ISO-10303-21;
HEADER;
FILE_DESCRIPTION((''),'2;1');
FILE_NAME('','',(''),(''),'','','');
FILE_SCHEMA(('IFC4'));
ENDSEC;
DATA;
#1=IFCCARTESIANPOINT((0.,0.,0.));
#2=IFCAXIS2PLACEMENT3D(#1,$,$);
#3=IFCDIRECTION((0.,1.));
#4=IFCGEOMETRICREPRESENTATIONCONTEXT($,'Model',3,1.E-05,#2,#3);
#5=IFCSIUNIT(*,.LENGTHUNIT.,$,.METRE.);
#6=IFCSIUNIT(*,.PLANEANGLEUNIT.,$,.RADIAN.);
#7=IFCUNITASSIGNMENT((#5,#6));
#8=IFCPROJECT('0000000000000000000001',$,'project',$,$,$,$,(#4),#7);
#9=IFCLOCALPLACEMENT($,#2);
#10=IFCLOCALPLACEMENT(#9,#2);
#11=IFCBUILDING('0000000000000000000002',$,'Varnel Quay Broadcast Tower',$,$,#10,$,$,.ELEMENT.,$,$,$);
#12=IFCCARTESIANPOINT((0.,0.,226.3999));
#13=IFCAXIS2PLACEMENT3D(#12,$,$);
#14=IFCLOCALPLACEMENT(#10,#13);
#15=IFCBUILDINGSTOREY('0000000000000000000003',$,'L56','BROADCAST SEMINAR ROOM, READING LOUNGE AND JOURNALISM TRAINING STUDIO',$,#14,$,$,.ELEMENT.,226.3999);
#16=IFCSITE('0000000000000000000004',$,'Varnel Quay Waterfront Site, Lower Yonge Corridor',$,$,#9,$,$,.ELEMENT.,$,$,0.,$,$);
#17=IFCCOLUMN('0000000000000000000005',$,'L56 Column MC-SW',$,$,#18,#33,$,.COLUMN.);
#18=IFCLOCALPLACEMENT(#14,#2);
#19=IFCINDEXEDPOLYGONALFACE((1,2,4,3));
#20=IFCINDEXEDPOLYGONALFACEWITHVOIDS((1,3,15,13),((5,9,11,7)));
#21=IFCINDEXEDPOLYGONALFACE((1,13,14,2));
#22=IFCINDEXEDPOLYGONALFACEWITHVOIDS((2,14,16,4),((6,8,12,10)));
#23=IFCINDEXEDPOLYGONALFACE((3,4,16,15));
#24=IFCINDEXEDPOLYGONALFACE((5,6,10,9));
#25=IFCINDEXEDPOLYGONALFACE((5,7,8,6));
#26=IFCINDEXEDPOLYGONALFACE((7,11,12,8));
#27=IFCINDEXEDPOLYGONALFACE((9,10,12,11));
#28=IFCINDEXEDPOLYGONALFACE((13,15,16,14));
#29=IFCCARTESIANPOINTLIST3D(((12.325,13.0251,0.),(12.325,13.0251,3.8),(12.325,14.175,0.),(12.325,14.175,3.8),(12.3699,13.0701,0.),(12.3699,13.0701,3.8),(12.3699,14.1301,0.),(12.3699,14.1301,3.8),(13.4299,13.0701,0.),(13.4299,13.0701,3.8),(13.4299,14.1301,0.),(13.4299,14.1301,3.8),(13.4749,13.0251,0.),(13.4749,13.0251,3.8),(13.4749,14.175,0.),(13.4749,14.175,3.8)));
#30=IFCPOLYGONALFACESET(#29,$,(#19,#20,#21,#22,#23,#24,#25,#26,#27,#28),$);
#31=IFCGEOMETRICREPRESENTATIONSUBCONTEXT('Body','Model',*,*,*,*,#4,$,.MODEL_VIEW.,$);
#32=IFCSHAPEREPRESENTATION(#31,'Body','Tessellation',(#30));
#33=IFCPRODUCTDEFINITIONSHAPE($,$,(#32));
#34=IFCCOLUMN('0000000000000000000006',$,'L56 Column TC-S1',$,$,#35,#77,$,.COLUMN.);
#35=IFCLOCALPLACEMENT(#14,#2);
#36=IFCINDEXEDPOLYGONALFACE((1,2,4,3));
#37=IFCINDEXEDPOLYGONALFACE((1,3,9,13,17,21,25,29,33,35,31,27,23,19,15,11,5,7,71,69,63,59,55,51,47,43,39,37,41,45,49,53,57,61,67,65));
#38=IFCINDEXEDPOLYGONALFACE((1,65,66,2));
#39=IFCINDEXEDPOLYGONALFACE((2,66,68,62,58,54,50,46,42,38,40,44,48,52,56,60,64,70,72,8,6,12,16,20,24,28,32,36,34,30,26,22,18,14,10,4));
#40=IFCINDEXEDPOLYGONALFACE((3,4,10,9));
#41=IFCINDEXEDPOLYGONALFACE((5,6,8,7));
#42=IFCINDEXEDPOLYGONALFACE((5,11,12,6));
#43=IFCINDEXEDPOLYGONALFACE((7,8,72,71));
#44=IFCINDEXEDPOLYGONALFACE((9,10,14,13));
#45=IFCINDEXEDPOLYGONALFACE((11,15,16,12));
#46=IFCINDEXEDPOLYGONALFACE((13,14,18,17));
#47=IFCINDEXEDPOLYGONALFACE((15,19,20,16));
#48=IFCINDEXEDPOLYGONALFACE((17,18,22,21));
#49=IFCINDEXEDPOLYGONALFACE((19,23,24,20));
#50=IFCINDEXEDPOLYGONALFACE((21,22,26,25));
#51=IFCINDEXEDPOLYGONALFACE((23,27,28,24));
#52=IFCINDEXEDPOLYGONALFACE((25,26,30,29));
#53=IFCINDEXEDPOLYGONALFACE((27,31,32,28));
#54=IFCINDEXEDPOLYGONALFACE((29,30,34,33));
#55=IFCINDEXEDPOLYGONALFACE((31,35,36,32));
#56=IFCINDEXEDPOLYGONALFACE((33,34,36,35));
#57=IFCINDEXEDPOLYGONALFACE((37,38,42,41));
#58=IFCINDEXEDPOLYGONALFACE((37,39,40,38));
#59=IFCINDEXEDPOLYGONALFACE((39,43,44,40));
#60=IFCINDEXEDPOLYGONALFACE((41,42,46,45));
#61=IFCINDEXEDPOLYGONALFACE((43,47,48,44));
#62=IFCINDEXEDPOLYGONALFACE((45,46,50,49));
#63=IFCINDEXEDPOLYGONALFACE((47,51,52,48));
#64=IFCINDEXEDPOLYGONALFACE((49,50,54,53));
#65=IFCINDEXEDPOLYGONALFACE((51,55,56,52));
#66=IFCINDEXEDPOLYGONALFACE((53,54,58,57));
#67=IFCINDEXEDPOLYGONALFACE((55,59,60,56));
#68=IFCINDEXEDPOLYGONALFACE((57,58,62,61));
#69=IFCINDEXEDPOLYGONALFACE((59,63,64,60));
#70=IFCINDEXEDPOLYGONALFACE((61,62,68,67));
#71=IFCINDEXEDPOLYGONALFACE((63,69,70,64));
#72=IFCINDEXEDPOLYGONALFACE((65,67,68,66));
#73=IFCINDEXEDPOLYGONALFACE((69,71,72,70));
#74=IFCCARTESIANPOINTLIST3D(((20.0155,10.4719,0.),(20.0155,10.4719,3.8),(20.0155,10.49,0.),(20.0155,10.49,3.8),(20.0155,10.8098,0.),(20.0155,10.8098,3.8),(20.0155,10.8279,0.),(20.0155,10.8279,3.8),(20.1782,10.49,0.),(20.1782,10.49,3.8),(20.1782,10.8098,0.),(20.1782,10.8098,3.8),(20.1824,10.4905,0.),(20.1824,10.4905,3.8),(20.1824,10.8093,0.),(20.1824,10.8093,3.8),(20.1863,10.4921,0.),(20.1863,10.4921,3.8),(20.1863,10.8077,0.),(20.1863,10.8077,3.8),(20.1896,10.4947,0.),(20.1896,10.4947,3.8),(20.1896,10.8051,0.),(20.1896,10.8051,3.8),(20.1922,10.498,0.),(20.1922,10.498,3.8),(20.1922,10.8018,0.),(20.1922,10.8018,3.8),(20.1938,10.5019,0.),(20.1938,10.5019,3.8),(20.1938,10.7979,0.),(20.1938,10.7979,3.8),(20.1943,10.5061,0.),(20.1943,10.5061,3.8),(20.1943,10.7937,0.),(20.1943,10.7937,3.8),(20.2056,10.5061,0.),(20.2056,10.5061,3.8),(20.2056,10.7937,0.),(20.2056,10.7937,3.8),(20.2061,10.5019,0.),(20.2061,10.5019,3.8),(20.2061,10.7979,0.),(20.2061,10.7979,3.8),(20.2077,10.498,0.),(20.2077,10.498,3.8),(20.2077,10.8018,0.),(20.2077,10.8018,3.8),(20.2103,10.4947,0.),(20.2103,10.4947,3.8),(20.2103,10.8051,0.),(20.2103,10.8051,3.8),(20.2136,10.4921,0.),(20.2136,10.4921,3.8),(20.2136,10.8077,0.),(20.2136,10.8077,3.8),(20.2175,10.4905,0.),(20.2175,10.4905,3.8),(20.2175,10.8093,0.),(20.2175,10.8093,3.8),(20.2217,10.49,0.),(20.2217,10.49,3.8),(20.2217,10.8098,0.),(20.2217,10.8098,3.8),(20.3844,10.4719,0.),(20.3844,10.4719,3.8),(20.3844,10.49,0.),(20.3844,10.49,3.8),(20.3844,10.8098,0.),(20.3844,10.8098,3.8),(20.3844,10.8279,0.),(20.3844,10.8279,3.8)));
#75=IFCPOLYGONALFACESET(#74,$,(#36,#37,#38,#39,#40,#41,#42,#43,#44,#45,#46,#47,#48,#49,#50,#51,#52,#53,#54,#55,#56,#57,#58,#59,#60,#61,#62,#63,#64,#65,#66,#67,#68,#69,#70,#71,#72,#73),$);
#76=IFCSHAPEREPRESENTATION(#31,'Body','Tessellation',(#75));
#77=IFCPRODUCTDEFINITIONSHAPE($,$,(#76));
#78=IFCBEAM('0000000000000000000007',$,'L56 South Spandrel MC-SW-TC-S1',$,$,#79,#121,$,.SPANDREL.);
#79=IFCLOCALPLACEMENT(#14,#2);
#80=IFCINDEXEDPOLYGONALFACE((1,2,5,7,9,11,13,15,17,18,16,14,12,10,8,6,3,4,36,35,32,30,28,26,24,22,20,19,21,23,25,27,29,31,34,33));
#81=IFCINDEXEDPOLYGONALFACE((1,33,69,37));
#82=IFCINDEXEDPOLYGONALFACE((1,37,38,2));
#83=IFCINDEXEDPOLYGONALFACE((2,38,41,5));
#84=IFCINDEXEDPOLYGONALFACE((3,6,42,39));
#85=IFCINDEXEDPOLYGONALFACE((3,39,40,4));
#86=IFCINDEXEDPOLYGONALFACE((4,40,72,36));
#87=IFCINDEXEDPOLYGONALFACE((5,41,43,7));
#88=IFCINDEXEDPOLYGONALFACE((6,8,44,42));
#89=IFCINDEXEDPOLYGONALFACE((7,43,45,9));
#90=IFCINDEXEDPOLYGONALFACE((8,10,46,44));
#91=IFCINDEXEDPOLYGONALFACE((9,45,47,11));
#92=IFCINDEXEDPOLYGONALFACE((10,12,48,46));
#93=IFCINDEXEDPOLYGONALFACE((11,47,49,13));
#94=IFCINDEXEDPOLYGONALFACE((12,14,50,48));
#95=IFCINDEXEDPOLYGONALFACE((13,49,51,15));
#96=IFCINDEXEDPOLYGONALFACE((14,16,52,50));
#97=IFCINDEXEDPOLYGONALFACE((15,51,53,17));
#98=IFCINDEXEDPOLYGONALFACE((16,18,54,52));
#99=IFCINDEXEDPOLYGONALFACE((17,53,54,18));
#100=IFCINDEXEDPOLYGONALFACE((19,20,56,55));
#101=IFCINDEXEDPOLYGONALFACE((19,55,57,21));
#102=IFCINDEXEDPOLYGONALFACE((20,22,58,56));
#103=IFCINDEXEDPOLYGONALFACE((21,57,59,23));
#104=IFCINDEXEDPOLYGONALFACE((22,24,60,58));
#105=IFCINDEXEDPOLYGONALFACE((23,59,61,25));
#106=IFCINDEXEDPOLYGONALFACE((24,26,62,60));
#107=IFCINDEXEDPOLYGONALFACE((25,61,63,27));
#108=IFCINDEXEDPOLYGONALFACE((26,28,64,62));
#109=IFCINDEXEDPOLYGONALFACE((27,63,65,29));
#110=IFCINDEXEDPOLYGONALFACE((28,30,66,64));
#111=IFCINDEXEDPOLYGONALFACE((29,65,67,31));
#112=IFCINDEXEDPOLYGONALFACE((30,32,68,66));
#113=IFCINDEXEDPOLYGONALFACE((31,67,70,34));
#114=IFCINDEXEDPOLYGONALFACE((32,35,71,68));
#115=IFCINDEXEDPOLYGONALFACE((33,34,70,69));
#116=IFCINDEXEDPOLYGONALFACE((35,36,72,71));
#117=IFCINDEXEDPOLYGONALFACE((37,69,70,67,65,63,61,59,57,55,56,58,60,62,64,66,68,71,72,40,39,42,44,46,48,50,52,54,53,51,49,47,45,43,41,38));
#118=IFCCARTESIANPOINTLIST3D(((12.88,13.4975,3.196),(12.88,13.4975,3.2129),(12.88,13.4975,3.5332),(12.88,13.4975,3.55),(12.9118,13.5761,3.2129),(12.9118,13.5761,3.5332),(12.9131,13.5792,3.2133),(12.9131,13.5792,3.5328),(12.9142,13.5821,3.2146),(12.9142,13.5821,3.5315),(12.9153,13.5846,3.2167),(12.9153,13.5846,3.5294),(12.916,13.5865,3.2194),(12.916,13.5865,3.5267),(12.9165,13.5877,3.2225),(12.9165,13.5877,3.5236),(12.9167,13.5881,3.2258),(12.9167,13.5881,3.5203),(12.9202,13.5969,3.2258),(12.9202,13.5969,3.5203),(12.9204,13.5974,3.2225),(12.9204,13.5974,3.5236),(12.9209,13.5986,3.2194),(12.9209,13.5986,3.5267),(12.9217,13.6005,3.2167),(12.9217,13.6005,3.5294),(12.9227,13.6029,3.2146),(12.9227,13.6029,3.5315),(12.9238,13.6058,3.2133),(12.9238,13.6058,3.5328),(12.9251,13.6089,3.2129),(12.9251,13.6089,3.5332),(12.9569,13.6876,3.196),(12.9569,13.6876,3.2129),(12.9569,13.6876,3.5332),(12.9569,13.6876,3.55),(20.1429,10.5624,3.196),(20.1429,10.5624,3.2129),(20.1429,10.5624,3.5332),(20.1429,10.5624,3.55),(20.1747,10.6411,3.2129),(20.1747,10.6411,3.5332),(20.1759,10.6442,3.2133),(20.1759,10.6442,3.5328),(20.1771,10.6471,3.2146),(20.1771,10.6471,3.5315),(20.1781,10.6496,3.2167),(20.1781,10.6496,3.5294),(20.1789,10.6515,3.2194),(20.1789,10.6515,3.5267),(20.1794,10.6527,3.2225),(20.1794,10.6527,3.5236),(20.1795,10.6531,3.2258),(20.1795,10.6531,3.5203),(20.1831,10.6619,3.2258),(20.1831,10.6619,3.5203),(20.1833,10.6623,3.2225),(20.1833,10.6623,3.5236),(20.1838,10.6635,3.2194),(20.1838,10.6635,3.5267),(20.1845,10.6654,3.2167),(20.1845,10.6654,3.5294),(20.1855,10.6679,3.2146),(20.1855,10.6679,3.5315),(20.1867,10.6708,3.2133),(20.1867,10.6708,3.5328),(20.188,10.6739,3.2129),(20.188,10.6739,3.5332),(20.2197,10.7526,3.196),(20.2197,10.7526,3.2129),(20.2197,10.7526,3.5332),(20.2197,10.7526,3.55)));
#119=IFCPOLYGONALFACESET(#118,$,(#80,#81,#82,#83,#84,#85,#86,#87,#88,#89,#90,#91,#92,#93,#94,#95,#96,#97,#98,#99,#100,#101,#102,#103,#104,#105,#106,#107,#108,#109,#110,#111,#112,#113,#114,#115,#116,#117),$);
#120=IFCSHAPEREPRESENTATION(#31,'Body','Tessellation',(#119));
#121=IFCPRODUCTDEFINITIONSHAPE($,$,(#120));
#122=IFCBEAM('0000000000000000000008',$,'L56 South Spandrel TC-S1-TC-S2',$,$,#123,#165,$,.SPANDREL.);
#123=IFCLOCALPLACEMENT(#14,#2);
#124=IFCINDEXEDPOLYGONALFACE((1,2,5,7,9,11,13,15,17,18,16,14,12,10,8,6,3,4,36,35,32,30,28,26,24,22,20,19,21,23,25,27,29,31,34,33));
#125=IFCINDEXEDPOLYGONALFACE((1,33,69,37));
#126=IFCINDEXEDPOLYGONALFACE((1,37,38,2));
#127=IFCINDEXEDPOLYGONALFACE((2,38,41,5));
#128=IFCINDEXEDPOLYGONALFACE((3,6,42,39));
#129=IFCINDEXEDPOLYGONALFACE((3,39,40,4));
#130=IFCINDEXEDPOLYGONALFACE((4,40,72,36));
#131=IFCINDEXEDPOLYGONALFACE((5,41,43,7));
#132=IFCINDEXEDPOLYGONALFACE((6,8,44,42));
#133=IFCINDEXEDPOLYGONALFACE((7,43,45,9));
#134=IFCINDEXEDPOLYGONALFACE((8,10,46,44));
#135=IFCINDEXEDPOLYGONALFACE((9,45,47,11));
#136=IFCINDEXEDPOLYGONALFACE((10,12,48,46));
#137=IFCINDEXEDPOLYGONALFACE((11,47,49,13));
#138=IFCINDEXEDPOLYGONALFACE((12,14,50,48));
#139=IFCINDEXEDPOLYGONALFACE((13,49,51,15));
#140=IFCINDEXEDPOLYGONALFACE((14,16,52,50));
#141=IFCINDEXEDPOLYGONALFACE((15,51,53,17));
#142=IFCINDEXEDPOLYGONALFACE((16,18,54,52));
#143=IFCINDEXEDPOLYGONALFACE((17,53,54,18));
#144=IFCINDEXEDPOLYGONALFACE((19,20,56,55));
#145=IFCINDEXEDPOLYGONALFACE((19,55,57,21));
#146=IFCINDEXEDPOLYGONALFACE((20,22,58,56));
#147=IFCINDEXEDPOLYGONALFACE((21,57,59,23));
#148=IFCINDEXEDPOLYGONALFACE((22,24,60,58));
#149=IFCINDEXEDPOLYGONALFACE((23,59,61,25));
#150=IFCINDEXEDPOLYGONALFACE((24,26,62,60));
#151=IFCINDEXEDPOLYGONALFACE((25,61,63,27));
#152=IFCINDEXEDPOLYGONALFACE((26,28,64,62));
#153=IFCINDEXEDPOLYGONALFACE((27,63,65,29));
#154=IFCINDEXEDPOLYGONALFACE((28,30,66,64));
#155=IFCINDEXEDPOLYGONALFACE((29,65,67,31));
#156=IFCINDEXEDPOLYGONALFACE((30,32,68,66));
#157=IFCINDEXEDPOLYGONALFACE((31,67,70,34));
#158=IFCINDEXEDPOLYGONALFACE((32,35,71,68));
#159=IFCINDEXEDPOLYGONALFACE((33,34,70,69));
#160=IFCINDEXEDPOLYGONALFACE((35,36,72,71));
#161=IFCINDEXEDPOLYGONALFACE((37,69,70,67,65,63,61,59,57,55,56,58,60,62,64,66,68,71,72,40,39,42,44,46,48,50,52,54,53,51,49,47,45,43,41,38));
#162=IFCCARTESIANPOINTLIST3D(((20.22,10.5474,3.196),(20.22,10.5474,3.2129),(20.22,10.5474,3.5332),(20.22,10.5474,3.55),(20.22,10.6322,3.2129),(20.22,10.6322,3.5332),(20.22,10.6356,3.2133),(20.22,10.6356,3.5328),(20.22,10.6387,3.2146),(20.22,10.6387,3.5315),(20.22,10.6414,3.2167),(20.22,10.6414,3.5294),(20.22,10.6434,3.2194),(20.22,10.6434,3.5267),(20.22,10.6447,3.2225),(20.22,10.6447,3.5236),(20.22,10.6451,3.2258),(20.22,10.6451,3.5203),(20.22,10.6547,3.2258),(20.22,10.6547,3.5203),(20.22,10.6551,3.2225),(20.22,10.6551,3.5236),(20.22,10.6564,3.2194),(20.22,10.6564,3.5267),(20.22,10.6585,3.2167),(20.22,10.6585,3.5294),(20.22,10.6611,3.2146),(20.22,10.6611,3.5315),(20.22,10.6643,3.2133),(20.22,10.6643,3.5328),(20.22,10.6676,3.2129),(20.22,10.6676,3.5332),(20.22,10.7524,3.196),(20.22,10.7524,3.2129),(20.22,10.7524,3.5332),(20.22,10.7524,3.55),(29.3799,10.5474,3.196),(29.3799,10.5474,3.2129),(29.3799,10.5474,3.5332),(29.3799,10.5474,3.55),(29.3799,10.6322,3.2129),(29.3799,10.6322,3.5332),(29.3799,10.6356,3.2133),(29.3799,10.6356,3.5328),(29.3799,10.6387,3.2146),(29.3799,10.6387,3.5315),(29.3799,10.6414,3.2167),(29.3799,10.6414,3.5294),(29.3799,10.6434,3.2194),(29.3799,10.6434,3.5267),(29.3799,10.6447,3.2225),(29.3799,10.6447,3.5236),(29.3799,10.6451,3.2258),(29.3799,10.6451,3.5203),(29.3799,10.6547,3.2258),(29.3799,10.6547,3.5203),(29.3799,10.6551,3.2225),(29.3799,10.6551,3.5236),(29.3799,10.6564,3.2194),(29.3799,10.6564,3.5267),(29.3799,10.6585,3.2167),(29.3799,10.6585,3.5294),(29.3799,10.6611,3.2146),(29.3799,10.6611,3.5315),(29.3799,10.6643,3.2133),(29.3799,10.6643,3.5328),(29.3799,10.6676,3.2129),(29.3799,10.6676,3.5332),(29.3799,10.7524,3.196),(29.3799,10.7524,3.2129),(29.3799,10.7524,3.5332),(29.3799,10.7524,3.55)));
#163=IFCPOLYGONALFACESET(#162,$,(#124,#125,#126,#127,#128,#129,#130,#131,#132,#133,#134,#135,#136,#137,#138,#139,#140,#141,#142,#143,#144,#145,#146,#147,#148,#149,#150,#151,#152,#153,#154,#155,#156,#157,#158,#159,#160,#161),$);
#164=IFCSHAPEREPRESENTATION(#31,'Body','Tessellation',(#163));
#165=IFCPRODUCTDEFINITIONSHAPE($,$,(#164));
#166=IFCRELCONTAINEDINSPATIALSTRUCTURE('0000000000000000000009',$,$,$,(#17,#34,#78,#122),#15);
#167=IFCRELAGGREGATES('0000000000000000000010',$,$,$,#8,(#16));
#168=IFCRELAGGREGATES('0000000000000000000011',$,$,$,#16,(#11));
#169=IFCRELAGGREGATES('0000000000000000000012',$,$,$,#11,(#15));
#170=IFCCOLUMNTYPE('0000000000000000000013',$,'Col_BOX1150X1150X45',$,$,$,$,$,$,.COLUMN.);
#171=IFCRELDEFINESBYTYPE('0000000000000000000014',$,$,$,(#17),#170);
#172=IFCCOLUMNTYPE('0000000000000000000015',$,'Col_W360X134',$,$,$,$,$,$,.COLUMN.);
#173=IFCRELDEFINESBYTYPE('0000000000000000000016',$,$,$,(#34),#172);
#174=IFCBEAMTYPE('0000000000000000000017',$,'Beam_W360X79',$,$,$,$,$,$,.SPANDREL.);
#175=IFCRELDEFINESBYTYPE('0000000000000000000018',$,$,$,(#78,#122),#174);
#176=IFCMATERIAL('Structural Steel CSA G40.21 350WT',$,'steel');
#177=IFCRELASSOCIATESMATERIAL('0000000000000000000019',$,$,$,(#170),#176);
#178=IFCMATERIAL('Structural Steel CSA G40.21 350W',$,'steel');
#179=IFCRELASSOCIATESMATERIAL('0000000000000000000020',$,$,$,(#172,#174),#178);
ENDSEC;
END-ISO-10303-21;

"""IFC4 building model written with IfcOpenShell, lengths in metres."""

from ifc_helpers import new_model, si_unit, direction, frame, origin, origin_2d, place, context, subcontext, project, spatial, hollow_rectangle, i_section, extrude, source, transform, mapped, material, material_profile, profile_set, type_object, type_shapes, element, save


model = new_model("IFC4")

# Units and contexts
model_context = context("Model", 3, precision=1e-05, world=origin(), true_north=direction((0.0, 1.0)))
body_context = subcontext(model_context, "Body", "Model", "MODEL_VIEW")
ifc_project = project(units=[si_unit("LENGTHUNIT", "METRE"), si_unit("PLANEANGLEUNIT", "RADIAN")], contexts=[model_context])

# Site, building, storey
site_placement = place(None, origin())
site = spatial("IfcSite", under=ifc_project, at=site_placement, Name="Varnel Quay Waterfront Site, Lower Yonge Corridor", CompositionType="ELEMENT", RefElevation=0.0)
building_placement = place(site_placement, origin())
building = spatial("IfcBuilding", under=site, at=building_placement, Name="Varnel Quay Broadcast Tower", CompositionType="ELEMENT")
storey_placement = place(building_placement, frame((0.0, 0.0, 226.3999)))
storey = spatial("IfcBuildingStorey", under=building, at=storey_placement, Name="L56", Description="BROADCAST SEMINAR ROOM, READING LOUNGE AND JOURNALISM TRAINING STUDIO", CompositionType="ELEMENT", Elevation=226.3999)

# Columns
ifc_material_1 = material(Name="Structural Steel CSA G40.21 350WT", Category="steel")
ifc_material_profile_1 = material_profile(ifc_material_1, hollow_rectangle(XDim=1.1499, YDim=1.1499, WallThickness=0.0449, at=origin_2d()), Name="BOX1150X1150X45")
ifc_profile_set_1 = profile_set([ifc_material_profile_1], Name="Structural Steel CSA G40.21 350WT")
column_type_1 = type_object("IfcColumnType", Name="Col_BOX1150X1150X45", PredefinedType="COLUMN", material=ifc_profile_set_1)
shared_shape_1 = source(origin(), body_context, "Body", "SweptSolid", [
    extrude(hollow_rectangle(XDim=1.1499, YDim=1.1499, WallThickness=0.0449, at=origin_2d()), origin(), (0.0, 0.0, 1.0), 3.8),
])
type_shapes(column_type_1, [shared_shape_1])
column_1_placement = place(storey_placement, frame((12.8999, 13.6001, 0.0), z_axis=(0.0, 0.0, 1.0), x_axis=(1.0, 0.0, 0.0)))
element("IfcColumn", 1, at=column_1_placement, inside=storey, type_object=column_type_1, Name="L56 Column MC-SW", PredefinedType="COLUMN", context=body_context, shape_type="MappedRepresentation", body=[
    mapped(shared_shape_1, transform((0.0, 0.0, 0.0), x_axis=(1.0, 0.0, 0.0), y_axis=(0.0, 1.0, 0.0), z_axis=(0.0, 0.0, 1.0), scale=1.0)),
])
ifc_material_2 = material(Name="Structural Steel CSA G40.21 350W", Category="steel")
ifc_material_profile_2 = material_profile(ifc_material_2, i_section(OverallWidth=0.3689, OverallDepth=0.356, WebThickness=0.0112, FlangeThickness=0.0181, FilletRadius=0.0161, at=origin_2d()), Name="W360X134")
ifc_profile_set_2 = profile_set([ifc_material_profile_2], Name="Structural Steel CSA G40.21 350W")
column_type_2 = type_object("IfcColumnType", Name="Col_W360X134", PredefinedType="COLUMN", material=ifc_profile_set_2)
shared_shape_2 = source(origin(), body_context, "Body", "SweptSolid", [
    extrude(i_section(OverallWidth=0.3689, OverallDepth=0.356, WebThickness=0.0112, FlangeThickness=0.0181, FilletRadius=0.0161, at=origin_2d()), origin(), (0.0, 0.0, 1.0), 3.8),
])
type_shapes(column_type_2, [shared_shape_2])
column_2_placement = place(storey_placement, frame((20.2, 10.6499, 0.0), z_axis=(0.0, 0.0, 1.0), x_axis=(1.0, 0.0, 0.0)))
element("IfcColumn", 2, at=column_2_placement, inside=storey, type_object=column_type_2, Name="L56 Column TC-S1", PredefinedType="COLUMN", context=body_context, shape_type="MappedRepresentation", body=[
    mapped(shared_shape_2, transform((0.0, 0.0, 0.0), x_axis=(1.0, 0.0, 0.0), y_axis=(0.0, 1.0, 0.0), z_axis=(0.0, 0.0, 1.0), scale=1.0)),
])

# Beams
ifc_material_profile_3 = material_profile(ifc_material_2, i_section(OverallWidth=0.2051, OverallDepth=0.354, WebThickness=0.0095, FlangeThickness=0.0168, FilletRadius=0.0129, at=origin_2d()), Name="W360X79")
ifc_profile_set_3 = profile_set([ifc_material_profile_3], Name="Structural Steel CSA G40.21 350W")
beam_type_1 = type_object("IfcBeamType", Name="Beam_W360X79", PredefinedType="SPANDREL", material=ifc_profile_set_3)
shared_shape_3 = source(origin(), body_context, "Body", "SweptSolid", [
    extrude(i_section(OverallWidth=0.2051, OverallDepth=0.354, WebThickness=0.0095, FlangeThickness=0.0168, FilletRadius=0.0129, at=origin_2d()), origin(), (0.0, 0.0, 1.0), 7.8335),
])
beam_1_placement = place(storey_placement, frame((12.9185, 13.5925, 3.373), z_axis=(0.927155, -0.374677, 0.0), x_axis=(0.374677, 0.927155, 0.0)))
element("IfcBeam", 3, at=beam_1_placement, inside=storey, type_object=beam_type_1, Name="L56 South Spandrel MC-SW-TC-S1", PredefinedType="SPANDREL", context=body_context, shape_type="MappedRepresentation", body=[
    mapped(shared_shape_3, transform((0.0, 0.0, 0.0), x_axis=(1.0, 0.0, 0.0), y_axis=(0.0, 1.0, 0.0), z_axis=(0.0, 0.0, 1.0), scale=1.0)),
])
shared_shape_4 = source(origin(), body_context, "Body", "SweptSolid", [
    extrude(i_section(OverallWidth=0.2051, OverallDepth=0.354, WebThickness=0.0095, FlangeThickness=0.0168, FilletRadius=0.0129, at=origin_2d()), origin(), (0.0, 0.0, 1.0), 9.1599),
])
beam_2_placement = place(storey_placement, frame((20.22, 10.6499, 3.373), z_axis=(1.0, 0.0, 0.0), x_axis=(0.0, 1.0, 0.0)))
element("IfcBeam", 4, at=beam_2_placement, inside=storey, type_object=beam_type_1, Name="L56 South Spandrel TC-S1-TC-S2", PredefinedType="SPANDREL", context=body_context, shape_type="MappedRepresentation", body=[
    mapped(shared_shape_4, transform((0.0, 0.0, 0.0), x_axis=(1.0, 0.0, 0.0), y_axis=(0.0, 1.0, 0.0), z_axis=(0.0, 0.0, 1.0), scale=1.0)),
])

save(model, "model.ifc")
